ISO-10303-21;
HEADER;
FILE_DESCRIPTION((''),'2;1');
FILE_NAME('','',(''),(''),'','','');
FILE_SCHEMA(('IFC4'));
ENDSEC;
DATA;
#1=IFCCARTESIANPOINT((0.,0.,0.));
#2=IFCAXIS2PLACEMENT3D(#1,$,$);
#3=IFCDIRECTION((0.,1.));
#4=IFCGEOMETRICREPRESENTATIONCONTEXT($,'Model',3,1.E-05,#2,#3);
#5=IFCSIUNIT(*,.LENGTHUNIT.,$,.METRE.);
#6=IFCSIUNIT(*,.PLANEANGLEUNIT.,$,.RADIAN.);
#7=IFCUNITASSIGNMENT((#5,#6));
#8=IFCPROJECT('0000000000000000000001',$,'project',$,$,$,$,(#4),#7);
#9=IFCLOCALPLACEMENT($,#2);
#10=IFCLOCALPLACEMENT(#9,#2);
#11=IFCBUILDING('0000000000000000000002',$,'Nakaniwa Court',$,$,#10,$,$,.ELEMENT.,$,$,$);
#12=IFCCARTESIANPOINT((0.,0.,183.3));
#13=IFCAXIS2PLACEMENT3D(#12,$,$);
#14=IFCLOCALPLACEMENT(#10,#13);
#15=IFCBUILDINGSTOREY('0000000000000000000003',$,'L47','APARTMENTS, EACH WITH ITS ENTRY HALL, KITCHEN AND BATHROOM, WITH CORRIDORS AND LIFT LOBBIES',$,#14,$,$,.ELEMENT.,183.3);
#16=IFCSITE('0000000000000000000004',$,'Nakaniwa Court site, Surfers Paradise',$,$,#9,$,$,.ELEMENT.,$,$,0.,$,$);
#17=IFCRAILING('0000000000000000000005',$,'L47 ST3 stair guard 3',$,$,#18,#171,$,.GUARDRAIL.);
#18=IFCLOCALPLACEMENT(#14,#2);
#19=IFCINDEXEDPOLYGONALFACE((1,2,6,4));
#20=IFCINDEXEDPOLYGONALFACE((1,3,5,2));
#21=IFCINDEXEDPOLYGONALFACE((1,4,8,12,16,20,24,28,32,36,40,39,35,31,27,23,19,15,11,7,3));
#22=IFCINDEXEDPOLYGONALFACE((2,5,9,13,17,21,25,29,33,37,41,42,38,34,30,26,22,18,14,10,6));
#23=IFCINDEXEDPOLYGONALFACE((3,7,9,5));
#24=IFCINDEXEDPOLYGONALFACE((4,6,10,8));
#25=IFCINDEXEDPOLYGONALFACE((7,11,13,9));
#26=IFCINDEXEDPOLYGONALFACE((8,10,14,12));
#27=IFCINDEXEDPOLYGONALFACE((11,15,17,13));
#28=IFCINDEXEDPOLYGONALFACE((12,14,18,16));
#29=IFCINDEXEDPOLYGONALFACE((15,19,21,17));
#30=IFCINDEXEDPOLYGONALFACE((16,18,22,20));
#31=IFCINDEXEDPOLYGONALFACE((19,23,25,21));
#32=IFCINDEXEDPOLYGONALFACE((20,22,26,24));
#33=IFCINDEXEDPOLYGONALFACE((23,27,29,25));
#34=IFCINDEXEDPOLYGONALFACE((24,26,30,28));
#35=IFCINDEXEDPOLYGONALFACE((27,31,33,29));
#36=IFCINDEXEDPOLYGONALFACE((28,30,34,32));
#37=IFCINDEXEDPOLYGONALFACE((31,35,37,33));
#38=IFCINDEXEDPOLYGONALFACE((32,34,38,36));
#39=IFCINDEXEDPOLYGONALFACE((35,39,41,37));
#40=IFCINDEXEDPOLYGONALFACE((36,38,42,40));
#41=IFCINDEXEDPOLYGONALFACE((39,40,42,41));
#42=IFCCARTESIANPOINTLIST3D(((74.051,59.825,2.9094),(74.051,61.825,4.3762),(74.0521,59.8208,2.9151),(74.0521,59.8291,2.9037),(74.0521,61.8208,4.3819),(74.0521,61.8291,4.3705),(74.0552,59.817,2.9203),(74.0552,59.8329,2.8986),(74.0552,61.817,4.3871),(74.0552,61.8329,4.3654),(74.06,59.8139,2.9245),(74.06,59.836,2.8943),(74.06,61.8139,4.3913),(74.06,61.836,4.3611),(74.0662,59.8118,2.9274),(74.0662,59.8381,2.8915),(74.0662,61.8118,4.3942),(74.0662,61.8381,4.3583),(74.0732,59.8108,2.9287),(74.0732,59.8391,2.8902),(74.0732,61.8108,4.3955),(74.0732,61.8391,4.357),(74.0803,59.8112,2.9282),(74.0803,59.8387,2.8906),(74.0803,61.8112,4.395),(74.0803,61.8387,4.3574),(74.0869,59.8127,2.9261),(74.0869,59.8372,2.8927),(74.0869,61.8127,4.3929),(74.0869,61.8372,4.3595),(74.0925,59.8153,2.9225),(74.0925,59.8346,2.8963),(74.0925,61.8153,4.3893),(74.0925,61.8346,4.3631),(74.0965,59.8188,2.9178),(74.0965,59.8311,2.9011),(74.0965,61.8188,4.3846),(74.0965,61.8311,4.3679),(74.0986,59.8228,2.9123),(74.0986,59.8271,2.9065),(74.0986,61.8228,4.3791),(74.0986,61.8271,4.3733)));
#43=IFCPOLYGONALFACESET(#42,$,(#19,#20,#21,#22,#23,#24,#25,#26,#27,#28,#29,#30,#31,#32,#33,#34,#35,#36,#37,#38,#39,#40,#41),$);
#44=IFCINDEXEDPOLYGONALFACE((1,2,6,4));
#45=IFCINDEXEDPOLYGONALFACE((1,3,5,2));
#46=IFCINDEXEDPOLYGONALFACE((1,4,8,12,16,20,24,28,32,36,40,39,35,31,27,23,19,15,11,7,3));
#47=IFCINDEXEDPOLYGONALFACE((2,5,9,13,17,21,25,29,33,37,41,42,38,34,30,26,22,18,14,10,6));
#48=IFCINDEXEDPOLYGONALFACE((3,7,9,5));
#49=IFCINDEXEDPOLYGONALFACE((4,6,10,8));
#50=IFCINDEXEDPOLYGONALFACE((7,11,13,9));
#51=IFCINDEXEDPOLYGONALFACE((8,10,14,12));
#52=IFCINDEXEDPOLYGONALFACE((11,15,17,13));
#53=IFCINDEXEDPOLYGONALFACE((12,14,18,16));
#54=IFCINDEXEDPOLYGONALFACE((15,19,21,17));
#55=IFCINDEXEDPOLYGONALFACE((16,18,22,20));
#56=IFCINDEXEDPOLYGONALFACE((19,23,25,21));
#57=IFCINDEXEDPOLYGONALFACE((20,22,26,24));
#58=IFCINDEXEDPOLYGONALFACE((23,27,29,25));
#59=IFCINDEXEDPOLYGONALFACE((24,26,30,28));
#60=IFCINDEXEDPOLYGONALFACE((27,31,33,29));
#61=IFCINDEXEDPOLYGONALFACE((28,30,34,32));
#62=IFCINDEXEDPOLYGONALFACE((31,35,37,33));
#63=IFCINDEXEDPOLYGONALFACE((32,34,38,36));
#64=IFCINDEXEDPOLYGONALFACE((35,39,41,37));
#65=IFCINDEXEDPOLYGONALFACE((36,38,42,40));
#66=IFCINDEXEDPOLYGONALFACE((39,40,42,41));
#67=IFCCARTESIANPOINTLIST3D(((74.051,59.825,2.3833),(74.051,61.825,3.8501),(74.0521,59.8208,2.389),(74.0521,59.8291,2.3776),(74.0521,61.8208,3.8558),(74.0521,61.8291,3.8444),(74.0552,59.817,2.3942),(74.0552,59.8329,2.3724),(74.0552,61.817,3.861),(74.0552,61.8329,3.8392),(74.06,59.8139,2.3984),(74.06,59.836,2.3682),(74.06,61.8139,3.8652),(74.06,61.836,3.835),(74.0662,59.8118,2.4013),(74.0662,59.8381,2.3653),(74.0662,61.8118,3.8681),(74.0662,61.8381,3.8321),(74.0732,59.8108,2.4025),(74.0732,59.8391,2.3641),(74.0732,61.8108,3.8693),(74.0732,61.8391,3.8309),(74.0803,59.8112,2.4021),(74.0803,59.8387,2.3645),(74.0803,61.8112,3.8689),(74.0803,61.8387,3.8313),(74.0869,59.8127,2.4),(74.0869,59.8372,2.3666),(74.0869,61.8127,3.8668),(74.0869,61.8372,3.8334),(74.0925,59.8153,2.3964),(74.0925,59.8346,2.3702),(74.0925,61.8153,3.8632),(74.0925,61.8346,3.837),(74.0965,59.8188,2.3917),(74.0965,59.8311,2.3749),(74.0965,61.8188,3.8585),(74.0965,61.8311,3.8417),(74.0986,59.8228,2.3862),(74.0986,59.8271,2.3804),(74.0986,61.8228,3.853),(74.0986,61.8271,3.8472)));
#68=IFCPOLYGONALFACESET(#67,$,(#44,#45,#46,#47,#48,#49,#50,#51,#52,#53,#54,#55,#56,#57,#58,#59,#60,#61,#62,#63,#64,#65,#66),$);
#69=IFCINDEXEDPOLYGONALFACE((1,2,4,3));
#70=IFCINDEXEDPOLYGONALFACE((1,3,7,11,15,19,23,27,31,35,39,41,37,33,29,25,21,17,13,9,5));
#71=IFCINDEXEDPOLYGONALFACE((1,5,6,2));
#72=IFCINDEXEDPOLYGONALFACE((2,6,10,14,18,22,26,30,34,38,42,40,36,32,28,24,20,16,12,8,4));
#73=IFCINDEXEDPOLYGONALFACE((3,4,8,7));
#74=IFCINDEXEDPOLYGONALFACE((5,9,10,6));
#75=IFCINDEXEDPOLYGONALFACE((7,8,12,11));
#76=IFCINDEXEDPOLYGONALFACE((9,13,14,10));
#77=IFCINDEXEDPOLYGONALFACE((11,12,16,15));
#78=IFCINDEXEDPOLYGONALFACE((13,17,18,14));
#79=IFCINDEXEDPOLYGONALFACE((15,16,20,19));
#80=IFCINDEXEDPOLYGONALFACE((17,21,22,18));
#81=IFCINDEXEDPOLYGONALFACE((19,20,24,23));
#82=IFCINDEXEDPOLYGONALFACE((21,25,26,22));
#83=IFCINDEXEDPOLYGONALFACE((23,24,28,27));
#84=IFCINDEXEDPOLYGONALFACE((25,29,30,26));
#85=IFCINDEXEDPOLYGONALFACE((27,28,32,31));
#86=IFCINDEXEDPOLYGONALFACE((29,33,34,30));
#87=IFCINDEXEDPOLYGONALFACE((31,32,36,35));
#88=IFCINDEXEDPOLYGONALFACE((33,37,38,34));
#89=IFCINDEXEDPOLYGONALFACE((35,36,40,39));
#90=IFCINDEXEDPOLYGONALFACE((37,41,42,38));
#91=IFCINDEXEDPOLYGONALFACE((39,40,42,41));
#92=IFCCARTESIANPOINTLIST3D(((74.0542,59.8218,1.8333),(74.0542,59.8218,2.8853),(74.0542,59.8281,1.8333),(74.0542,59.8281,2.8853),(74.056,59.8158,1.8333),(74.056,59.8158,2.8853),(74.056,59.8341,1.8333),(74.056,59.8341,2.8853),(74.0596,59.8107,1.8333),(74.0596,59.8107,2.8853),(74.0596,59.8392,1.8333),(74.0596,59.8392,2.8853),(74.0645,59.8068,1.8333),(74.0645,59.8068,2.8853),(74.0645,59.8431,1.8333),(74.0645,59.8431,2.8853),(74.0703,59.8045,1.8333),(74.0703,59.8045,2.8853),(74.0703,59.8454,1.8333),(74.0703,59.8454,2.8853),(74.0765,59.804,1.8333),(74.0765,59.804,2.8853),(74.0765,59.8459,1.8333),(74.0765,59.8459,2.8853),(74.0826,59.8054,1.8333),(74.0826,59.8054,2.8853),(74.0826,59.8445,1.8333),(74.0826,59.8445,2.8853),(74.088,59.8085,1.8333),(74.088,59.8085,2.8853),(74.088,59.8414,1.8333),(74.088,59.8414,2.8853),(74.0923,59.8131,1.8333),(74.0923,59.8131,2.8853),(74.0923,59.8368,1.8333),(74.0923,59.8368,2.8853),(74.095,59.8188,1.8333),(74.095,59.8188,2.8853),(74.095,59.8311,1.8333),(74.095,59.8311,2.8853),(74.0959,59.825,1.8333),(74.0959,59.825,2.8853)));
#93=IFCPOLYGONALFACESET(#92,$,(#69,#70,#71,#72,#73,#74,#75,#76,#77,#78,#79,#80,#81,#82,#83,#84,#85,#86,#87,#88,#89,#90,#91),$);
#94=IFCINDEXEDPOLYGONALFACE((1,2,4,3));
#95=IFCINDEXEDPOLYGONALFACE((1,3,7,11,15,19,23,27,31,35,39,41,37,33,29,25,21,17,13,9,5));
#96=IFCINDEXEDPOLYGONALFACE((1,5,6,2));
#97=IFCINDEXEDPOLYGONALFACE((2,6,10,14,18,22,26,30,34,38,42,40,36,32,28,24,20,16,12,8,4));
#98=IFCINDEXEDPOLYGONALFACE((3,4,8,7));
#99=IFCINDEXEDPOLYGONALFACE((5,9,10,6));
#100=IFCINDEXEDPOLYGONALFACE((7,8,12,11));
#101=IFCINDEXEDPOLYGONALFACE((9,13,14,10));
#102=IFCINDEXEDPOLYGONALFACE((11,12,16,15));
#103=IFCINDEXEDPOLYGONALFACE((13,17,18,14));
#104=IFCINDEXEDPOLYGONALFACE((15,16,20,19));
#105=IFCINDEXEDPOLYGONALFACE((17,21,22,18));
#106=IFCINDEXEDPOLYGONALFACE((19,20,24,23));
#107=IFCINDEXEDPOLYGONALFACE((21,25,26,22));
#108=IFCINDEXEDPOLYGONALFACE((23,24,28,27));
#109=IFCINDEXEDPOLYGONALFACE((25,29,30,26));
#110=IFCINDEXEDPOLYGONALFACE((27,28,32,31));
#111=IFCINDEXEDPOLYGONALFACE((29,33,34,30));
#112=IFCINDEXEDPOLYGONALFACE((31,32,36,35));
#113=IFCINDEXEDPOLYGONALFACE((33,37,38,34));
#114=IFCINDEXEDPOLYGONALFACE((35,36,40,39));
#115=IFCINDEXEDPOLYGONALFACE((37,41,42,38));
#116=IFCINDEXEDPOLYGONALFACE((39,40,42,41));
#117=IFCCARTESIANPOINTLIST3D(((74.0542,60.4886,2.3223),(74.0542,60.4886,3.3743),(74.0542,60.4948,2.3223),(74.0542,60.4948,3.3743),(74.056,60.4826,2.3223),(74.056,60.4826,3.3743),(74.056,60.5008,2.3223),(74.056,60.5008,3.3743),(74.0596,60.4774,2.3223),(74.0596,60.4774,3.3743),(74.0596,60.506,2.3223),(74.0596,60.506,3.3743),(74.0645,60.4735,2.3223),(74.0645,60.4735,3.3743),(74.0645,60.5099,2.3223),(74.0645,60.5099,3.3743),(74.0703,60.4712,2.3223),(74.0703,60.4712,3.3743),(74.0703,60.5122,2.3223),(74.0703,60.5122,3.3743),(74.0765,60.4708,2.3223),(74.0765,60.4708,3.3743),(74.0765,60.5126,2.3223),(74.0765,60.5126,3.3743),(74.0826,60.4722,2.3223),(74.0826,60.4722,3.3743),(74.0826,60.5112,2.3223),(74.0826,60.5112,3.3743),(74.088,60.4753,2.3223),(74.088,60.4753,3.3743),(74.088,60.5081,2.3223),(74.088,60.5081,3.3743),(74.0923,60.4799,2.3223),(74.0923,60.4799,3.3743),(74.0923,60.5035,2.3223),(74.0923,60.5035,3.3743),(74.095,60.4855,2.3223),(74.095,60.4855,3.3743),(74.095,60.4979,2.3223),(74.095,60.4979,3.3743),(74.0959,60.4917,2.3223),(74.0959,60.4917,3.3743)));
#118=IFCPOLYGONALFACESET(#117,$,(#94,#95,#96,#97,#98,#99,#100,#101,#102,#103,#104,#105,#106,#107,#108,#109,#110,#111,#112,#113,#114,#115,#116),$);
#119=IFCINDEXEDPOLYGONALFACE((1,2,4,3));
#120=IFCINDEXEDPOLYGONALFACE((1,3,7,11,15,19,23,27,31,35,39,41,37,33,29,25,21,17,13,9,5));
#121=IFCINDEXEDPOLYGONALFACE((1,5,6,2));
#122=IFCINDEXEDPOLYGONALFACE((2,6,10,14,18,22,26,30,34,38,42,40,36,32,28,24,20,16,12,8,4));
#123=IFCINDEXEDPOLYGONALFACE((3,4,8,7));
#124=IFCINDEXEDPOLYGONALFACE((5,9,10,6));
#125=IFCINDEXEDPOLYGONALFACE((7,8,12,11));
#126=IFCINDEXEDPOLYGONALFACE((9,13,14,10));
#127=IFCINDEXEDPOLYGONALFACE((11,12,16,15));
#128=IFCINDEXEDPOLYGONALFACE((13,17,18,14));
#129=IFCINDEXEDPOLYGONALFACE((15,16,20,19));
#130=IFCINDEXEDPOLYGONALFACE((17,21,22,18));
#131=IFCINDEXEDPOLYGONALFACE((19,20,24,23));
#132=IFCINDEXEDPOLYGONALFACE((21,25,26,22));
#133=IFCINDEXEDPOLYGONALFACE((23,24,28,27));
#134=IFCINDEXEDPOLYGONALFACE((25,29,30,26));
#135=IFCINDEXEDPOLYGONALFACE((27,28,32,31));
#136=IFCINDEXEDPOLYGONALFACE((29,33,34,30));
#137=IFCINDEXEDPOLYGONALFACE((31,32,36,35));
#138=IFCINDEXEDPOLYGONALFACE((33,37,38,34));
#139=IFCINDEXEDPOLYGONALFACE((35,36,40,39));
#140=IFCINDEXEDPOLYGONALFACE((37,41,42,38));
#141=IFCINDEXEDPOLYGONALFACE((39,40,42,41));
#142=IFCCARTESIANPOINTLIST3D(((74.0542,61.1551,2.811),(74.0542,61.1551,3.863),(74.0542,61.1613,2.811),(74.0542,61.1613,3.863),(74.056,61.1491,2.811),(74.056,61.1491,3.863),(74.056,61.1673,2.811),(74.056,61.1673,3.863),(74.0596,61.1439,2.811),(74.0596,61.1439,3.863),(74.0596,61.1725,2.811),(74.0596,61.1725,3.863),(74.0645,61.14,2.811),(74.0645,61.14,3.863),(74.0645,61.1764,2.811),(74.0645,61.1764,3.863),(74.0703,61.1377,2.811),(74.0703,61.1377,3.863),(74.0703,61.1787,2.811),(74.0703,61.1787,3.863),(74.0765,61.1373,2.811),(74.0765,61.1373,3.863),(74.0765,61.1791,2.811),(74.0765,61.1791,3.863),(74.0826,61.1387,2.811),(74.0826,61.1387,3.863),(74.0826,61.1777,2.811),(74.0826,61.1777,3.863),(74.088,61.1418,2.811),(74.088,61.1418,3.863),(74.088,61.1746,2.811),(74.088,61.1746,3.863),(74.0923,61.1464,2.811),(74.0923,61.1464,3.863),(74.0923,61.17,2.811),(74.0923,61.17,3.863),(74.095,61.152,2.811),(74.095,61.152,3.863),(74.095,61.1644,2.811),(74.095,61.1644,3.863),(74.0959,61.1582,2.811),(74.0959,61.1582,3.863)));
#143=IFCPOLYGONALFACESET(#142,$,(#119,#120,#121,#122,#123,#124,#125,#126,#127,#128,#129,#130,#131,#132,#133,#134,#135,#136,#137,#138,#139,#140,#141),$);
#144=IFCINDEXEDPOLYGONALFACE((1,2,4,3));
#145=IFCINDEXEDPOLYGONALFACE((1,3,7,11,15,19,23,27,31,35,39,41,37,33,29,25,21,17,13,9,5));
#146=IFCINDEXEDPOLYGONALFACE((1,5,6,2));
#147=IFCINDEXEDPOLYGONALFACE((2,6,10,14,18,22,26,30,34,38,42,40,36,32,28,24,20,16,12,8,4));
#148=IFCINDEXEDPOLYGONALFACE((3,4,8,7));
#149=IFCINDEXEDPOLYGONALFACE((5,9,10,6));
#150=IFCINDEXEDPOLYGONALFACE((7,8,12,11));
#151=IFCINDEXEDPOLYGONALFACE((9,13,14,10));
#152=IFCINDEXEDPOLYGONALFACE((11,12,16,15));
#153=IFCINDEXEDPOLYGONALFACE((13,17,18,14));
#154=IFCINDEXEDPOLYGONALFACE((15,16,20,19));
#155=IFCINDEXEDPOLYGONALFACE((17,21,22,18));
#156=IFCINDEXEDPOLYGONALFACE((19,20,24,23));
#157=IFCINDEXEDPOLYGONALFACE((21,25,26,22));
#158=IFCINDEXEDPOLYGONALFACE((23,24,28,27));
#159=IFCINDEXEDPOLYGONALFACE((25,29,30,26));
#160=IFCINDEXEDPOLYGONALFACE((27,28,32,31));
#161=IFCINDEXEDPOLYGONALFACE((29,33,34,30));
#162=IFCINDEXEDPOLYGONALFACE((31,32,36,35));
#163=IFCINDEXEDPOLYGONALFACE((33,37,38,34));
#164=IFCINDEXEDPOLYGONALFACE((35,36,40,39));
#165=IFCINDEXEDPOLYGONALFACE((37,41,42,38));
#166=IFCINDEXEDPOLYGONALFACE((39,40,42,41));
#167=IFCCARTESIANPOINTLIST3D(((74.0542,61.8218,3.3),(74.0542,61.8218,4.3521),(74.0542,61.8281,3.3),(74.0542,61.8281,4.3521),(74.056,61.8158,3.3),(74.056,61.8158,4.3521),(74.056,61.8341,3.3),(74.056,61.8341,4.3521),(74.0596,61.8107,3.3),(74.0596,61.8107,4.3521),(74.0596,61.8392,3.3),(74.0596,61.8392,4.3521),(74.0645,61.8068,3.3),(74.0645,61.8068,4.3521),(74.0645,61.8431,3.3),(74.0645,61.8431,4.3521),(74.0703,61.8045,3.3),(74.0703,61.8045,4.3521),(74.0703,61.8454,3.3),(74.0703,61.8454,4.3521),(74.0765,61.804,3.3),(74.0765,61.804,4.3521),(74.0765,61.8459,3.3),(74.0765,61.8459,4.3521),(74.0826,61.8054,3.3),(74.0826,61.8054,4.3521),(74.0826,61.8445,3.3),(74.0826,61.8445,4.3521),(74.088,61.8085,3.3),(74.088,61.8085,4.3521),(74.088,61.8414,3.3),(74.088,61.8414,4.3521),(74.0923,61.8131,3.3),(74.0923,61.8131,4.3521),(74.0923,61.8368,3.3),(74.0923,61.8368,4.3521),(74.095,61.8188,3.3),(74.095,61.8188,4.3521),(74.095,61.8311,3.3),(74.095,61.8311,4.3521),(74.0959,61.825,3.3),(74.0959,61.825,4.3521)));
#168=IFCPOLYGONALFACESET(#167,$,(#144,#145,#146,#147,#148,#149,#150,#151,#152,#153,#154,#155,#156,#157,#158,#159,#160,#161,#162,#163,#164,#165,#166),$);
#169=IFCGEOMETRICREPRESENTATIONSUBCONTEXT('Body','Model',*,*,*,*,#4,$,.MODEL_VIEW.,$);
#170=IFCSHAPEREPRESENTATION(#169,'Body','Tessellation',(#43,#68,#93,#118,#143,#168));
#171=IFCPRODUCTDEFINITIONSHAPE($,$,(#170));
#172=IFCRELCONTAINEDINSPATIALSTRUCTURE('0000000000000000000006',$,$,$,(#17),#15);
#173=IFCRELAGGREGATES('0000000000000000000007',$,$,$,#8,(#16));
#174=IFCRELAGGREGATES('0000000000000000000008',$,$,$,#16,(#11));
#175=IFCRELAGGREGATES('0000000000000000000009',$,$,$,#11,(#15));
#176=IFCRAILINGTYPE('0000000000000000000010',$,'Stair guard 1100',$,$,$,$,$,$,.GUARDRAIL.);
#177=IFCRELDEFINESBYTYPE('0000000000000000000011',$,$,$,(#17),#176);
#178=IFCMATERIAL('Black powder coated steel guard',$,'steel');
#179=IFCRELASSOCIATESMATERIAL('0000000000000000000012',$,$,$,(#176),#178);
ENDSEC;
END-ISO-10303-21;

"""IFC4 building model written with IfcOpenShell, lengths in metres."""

from ifc_helpers import new_model, si_unit, direction, frame, origin, origin_2d, place, context, subcontext, project, spatial, circle, extrude, material, type_object, element, save


model = new_model("IFC4")

# Units and contexts
model_context = context("Model", 3, precision=1e-05, world=origin(), true_north=direction((0.0, 1.0)))
body_context = subcontext(model_context, "Body", "Model", "MODEL_VIEW")
ifc_project = project(units=[si_unit("LENGTHUNIT", "METRE"), si_unit("PLANEANGLEUNIT", "RADIAN")], contexts=[model_context])

# Site, building, storey
site_placement = place(None, origin())
site = spatial("IfcSite", under=ifc_project, at=site_placement, Name="Nakaniwa Court site, Surfers Paradise", CompositionType="ELEMENT", RefElevation=0.0)
building_placement = place(site_placement, origin())
building = spatial("IfcBuilding", under=site, at=building_placement, Name="Nakaniwa Court", CompositionType="ELEMENT")
storey_placement = place(building_placement, frame((0.0, 0.0, 183.3)))
storey = spatial("IfcBuildingStorey", under=building, at=storey_placement, Name="L47", Description="APARTMENTS, EACH WITH ITS ENTRY HALL, KITCHEN AND BATHROOM, WITH CORRIDORS AND LIFT LOBBIES", CompositionType="ELEMENT", Elevation=183.3)

# Railing
ifc_material_1 = material(Name="Black powder coated steel guard", Category="steel")
railing_type_1 = type_object("IfcRailingType", Name="Stair guard 1100", PredefinedType="GUARDRAIL", material=ifc_material_1)
railing_1_placement = place(storey_placement, frame((74.075, 59.825, 1.8333)))
element("IfcRailing", 1, at=railing_1_placement, inside=storey, type_object=railing_type_1, Name="L47 ST3 stair guard 3", PredefinedType="GUARDRAIL", context=body_context, shape_type="SweptSolid", body=[
    extrude(circle(Radius=0.0239, at=origin_2d()), frame((0.0, 0.0, 1.0762), z_axis=(0.0, 0.80638, 0.591398), x_axis=(-1.0, 0.0, 0.0)), (0.0, 0.0, 1.0), 2.4802),
    extrude(circle(Radius=0.0239, at=origin_2d()), frame((0.0, 0.0, 0.55), z_axis=(0.0, 0.80638, 0.591398), x_axis=(-1.0, 0.0, 0.0)), (0.0, 0.0, 1.0), 2.4802),
    extrude(circle(Radius=0.021, at=origin_2d()), origin(), (0.0, 0.0, 1.0), 1.052),
    extrude(circle(Radius=0.021, at=origin_2d()), frame((0.0, 0.6667, 0.489)), (0.0, 0.0, 1.0), 1.052),
    extrude(circle(Radius=0.021, at=origin_2d()), frame((0.0, 1.3333, 0.9778)), (0.0, 0.0, 1.0), 1.052),
    extrude(circle(Radius=0.021, at=origin_2d()), frame((0.0, 2.0, 1.4668)), (0.0, 0.0, 1.0), 1.052),
])

save(model, "model.ifc")
